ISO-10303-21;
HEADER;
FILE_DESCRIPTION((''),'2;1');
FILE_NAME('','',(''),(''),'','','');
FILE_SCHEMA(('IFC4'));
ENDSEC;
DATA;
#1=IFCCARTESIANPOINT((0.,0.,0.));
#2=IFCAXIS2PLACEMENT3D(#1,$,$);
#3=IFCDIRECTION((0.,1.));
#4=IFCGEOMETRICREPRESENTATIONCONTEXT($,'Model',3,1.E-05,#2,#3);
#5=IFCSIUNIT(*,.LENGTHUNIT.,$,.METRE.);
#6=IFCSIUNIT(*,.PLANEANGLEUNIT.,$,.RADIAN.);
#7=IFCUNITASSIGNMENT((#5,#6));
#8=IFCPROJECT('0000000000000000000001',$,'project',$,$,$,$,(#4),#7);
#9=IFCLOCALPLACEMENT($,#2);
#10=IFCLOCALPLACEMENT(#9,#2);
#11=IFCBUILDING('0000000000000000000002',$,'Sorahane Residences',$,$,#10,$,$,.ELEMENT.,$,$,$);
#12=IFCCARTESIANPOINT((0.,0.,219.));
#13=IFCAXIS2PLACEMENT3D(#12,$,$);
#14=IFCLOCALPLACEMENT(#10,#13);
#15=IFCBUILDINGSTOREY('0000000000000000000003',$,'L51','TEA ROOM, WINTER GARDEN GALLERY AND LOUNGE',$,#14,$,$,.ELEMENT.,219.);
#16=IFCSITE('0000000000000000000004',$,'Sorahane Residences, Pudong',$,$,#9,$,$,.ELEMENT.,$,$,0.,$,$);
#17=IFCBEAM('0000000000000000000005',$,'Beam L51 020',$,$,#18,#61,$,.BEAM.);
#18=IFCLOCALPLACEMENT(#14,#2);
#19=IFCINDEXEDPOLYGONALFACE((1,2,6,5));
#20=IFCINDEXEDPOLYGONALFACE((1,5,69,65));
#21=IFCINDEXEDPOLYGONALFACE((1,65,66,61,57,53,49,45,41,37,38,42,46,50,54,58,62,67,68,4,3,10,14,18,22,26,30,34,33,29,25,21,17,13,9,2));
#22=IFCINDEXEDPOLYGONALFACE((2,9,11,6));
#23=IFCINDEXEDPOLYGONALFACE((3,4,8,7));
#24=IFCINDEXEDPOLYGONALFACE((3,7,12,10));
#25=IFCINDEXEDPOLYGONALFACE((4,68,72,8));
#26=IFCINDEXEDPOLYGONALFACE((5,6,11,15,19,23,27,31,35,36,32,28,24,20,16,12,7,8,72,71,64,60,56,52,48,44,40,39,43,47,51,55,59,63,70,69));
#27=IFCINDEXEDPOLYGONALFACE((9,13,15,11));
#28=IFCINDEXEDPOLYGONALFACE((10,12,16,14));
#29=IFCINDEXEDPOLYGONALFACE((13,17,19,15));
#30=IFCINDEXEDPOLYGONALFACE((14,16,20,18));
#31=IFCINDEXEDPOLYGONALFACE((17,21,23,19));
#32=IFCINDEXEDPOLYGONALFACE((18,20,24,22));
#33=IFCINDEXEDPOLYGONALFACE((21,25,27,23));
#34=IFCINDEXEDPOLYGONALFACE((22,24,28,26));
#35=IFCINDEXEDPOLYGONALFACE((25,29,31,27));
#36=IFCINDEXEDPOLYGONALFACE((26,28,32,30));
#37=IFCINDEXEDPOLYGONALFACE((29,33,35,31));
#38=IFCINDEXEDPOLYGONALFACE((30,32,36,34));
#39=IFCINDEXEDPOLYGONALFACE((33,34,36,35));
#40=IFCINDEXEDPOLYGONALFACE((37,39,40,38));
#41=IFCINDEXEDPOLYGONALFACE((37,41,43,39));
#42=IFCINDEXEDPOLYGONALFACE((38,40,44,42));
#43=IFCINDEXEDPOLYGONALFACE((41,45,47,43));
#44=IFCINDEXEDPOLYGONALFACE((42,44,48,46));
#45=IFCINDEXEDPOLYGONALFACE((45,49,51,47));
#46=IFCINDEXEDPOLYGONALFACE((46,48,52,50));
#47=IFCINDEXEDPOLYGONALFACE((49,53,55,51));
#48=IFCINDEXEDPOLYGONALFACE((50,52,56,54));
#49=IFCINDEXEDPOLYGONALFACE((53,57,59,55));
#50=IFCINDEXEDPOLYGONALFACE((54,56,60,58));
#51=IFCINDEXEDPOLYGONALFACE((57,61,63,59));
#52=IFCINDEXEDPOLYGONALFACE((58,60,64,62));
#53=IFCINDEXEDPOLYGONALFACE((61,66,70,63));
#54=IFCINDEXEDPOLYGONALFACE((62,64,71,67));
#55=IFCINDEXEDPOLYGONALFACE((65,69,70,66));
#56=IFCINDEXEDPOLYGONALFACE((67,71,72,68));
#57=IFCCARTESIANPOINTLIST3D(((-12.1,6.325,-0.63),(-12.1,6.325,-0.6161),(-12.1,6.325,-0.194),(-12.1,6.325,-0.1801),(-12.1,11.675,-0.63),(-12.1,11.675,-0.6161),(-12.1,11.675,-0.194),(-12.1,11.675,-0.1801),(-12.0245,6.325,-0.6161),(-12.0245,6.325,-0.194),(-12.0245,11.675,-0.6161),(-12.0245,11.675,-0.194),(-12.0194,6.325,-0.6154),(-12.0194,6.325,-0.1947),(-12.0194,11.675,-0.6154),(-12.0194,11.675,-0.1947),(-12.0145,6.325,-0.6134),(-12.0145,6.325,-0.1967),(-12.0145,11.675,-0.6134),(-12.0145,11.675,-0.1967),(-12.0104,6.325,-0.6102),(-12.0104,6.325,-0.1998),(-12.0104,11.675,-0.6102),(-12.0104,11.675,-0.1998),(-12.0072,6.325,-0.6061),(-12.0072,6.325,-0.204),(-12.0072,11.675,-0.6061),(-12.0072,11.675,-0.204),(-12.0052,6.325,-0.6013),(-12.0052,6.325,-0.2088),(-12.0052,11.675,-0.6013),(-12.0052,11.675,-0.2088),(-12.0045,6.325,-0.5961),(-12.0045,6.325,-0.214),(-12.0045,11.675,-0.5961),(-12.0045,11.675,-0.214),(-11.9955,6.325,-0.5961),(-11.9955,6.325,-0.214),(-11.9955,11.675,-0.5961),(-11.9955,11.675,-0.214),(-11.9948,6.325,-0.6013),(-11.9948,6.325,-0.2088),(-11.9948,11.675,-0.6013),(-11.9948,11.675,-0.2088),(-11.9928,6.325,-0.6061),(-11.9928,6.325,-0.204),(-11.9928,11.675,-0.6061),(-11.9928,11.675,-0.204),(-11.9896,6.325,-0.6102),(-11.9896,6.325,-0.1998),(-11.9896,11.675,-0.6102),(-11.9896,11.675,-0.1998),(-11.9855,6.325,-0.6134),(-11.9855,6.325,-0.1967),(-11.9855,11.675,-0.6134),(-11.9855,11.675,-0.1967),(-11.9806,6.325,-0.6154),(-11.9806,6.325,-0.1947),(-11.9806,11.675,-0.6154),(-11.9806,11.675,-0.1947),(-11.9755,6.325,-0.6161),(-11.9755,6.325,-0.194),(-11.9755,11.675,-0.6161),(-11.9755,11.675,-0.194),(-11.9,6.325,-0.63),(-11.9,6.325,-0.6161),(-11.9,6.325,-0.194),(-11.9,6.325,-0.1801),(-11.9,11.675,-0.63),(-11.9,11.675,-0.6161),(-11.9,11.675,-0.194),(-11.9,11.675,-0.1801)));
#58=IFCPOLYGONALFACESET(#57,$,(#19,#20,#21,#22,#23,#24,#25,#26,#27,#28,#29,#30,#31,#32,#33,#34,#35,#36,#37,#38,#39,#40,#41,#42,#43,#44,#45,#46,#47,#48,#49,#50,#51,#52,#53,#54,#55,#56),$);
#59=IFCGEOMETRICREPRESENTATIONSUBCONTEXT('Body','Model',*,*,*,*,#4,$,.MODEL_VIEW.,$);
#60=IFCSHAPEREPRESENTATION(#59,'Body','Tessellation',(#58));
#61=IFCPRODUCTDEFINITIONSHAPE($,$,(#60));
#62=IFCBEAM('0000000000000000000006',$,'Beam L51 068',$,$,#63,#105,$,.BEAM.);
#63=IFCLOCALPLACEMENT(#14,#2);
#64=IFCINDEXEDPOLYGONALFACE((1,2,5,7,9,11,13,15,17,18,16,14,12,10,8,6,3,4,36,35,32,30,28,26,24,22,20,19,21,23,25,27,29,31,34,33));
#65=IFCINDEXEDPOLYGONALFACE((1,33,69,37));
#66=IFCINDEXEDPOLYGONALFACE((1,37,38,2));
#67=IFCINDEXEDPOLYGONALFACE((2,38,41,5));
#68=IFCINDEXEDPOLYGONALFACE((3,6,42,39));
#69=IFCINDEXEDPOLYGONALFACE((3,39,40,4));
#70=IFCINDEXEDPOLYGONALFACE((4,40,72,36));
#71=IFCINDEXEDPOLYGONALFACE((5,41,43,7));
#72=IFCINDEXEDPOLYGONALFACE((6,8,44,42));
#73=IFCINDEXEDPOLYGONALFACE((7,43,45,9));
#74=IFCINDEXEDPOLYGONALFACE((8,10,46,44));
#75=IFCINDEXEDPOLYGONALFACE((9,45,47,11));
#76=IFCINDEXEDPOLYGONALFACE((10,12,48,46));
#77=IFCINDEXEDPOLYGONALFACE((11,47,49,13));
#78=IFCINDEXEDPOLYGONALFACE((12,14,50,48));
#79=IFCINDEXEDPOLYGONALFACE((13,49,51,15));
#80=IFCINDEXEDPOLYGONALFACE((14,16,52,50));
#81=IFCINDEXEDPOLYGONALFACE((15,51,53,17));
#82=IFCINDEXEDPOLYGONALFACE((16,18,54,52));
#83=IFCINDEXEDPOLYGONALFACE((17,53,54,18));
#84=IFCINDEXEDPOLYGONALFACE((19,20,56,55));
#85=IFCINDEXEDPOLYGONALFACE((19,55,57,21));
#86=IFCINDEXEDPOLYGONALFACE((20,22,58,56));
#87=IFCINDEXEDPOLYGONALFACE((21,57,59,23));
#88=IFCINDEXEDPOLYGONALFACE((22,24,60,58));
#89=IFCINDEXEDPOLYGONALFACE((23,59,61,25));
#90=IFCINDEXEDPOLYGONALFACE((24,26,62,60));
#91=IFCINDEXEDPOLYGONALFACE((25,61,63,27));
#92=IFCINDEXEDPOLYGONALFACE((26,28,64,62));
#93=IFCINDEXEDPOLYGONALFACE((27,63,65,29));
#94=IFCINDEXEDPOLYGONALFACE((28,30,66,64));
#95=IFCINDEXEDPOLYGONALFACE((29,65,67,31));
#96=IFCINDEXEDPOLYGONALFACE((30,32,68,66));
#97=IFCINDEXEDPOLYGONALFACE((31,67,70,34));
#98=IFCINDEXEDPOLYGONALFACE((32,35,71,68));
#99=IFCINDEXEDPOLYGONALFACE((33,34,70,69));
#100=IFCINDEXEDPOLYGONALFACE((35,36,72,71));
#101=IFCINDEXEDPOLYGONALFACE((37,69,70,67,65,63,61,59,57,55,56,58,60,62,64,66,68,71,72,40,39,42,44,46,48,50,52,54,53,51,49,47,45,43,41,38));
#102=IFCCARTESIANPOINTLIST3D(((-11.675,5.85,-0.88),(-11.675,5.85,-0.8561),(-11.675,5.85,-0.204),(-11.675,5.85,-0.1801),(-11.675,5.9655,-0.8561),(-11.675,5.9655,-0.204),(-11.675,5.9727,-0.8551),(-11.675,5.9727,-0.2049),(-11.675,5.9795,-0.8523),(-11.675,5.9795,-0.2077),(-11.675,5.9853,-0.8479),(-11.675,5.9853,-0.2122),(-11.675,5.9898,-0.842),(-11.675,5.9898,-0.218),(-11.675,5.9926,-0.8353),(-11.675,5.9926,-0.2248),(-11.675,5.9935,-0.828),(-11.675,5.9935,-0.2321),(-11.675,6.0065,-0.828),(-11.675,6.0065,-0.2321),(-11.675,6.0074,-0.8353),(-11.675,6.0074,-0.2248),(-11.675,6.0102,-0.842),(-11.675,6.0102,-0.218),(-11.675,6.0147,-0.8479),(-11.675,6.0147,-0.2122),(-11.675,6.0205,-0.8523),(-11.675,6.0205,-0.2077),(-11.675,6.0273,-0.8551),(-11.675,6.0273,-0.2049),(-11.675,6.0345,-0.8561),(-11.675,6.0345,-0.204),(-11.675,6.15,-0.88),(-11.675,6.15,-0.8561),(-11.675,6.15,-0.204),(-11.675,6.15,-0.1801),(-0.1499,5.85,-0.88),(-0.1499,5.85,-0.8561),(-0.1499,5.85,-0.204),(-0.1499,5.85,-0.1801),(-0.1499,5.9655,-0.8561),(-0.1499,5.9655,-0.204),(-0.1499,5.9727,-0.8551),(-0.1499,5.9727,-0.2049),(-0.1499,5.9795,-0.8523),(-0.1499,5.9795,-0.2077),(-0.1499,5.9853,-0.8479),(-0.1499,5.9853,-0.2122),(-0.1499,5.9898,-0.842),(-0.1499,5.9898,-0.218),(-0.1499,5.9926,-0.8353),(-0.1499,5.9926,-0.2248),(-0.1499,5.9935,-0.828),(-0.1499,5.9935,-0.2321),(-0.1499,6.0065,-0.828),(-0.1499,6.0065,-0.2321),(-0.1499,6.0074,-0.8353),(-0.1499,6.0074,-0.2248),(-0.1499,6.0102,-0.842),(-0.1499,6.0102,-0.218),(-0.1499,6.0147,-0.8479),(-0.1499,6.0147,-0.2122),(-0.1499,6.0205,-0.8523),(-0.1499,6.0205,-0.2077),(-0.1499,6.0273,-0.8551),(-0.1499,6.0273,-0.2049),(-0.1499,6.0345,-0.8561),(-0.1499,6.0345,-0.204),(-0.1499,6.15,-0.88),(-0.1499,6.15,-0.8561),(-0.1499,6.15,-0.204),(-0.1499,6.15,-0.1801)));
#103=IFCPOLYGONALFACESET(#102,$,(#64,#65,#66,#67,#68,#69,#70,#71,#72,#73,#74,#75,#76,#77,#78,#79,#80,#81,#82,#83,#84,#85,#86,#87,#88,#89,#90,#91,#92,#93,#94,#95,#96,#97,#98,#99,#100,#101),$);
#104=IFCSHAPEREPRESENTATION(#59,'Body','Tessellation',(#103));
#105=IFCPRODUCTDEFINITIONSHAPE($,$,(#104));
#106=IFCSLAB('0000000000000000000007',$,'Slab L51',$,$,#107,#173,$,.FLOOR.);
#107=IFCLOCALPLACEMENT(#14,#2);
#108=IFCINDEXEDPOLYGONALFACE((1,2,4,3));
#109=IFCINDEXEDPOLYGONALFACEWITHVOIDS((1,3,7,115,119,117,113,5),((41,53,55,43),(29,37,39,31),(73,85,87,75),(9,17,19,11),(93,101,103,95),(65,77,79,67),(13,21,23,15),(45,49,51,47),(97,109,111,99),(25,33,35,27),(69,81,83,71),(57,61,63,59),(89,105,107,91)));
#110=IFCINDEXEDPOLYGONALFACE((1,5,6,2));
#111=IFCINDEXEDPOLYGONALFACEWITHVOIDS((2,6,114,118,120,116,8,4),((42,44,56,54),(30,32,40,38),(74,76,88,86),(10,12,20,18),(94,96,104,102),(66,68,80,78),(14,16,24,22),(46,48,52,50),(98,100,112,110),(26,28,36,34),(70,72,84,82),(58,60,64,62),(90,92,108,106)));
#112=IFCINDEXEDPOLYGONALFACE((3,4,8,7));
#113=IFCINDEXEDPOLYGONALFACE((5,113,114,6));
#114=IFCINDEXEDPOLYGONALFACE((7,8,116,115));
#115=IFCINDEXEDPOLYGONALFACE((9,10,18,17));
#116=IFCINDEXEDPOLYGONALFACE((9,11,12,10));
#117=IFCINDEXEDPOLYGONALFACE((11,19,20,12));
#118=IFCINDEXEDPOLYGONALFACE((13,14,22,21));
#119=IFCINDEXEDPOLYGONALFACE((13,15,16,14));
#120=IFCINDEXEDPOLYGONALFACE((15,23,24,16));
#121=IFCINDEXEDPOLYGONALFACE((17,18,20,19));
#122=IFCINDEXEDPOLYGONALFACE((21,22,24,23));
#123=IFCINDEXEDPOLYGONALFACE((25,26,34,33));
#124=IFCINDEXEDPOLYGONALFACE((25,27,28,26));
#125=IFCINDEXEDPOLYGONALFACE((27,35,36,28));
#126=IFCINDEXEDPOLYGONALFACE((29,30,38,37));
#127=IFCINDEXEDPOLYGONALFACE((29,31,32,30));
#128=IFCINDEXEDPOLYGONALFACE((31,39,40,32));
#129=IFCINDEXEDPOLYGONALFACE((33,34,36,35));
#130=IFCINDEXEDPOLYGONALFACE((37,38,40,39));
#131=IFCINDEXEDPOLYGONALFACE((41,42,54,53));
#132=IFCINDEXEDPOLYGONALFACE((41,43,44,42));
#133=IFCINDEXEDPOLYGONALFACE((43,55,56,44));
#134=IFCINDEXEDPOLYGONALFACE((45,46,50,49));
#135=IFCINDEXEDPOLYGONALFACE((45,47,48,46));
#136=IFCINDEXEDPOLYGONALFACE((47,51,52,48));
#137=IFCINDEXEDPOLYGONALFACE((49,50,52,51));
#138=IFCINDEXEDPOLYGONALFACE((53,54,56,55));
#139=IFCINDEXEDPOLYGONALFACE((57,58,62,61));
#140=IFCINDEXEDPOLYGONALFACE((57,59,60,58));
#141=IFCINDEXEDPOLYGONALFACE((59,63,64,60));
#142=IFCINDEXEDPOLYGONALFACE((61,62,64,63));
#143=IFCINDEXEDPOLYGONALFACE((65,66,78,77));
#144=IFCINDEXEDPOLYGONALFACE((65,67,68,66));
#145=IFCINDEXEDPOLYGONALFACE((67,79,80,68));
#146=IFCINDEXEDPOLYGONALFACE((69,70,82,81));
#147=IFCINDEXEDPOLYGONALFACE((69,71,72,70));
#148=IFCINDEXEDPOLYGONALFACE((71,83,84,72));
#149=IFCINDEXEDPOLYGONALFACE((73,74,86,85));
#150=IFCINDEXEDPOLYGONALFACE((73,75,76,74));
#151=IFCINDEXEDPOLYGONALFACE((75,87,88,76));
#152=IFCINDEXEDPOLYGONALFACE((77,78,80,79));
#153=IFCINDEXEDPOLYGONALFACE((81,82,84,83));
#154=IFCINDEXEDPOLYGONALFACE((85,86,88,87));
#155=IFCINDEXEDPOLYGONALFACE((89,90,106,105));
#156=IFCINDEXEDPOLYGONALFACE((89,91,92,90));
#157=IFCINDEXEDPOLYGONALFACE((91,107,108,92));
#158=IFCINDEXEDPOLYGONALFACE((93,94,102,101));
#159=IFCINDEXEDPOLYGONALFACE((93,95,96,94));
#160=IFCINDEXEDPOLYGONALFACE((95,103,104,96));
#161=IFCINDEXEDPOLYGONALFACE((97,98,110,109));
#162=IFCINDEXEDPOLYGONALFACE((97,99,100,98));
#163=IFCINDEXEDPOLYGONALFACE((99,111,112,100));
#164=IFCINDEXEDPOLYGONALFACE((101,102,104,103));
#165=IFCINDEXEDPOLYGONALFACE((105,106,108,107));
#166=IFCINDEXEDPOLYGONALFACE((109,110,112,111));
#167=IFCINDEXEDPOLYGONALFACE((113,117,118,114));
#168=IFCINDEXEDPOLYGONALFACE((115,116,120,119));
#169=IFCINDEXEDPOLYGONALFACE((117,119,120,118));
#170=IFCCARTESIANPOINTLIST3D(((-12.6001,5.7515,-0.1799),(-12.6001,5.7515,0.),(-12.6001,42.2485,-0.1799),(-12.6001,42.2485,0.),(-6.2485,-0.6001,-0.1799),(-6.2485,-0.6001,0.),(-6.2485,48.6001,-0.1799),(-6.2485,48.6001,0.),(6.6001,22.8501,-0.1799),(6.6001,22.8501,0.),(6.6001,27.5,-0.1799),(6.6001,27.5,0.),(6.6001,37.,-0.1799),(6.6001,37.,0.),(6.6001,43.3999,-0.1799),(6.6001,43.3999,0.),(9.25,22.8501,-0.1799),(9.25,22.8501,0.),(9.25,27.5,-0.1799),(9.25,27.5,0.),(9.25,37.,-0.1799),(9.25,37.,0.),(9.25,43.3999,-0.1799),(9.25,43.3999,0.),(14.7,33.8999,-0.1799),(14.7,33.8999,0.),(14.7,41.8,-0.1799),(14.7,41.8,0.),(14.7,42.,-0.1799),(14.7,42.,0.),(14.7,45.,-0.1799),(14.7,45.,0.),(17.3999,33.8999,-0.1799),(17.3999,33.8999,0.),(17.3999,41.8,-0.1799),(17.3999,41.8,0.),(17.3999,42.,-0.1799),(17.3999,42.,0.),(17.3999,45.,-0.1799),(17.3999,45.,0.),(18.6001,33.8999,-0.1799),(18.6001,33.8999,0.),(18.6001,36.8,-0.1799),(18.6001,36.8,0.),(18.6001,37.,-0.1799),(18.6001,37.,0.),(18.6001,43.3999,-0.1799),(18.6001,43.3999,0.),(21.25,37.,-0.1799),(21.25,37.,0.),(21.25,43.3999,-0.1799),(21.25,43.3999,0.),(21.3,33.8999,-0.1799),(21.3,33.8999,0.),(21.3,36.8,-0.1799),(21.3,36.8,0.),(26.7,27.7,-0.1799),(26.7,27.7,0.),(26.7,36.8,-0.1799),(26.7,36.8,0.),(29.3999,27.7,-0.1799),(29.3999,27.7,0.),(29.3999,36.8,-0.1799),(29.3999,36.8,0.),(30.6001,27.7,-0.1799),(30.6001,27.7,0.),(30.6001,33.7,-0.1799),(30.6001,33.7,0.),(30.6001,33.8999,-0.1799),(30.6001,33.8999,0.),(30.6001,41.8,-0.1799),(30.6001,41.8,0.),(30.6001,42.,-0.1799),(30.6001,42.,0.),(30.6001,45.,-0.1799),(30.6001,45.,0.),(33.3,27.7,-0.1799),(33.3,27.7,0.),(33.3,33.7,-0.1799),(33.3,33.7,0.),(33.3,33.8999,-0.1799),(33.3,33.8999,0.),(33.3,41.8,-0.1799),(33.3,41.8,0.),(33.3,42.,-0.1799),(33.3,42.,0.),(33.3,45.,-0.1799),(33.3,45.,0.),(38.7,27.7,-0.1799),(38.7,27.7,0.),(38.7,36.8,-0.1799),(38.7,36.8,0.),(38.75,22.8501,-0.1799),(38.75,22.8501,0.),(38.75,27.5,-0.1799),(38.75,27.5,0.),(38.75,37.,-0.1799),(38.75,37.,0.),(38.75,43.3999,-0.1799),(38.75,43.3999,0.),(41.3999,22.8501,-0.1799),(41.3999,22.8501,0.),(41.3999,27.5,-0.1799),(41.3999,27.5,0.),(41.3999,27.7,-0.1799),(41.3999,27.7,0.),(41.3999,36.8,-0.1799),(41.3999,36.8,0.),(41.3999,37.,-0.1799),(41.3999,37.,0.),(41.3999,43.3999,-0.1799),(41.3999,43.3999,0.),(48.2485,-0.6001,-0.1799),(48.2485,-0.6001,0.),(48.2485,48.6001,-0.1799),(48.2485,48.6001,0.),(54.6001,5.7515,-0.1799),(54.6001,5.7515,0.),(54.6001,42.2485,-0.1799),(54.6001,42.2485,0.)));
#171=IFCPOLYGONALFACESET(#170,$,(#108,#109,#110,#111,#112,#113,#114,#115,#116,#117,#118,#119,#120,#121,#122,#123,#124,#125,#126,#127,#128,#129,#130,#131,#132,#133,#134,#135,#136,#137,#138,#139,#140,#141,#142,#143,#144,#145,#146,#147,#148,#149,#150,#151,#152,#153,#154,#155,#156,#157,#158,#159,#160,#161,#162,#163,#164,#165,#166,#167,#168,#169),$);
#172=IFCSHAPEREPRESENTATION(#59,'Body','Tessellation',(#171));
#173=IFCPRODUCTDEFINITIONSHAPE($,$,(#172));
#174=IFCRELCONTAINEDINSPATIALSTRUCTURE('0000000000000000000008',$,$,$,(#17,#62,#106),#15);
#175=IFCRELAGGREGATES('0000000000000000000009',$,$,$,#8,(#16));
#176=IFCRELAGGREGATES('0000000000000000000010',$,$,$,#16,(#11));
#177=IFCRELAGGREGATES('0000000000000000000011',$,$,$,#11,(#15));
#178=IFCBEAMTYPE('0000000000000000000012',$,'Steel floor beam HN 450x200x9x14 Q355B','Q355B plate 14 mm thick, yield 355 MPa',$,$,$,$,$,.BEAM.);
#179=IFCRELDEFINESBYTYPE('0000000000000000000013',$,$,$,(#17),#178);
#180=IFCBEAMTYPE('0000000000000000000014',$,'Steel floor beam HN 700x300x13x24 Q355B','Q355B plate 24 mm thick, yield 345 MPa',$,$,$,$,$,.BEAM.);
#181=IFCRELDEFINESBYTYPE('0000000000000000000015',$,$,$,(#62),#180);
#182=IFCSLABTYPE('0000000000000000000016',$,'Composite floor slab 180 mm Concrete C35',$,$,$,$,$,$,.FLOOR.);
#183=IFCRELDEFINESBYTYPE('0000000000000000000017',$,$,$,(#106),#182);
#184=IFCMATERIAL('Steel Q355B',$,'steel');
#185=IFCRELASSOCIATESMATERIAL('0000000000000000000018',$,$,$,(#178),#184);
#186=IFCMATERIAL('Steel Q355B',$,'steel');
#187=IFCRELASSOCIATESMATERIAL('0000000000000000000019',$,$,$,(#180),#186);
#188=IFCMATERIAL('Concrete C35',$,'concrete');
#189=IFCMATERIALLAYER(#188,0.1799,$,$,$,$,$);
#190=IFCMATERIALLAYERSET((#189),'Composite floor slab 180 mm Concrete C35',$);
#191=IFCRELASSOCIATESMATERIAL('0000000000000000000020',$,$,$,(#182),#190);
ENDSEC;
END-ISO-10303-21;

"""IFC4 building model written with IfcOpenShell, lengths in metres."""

from ifc_helpers import new_model, si_unit, direction, frame, origin, origin_2d, place, context, subcontext, project, spatial, polyline, i_section, outline, extrude, material, layer, layer_set, material_profile, profile_set, type_object, element, save


model = new_model("IFC4")

# Units and contexts
model_context = context("Model", 3, precision=1e-05, world=origin(), true_north=direction((0.0, 1.0)))
body_context = subcontext(model_context, "Body", "Model", "MODEL_VIEW")
ifc_project = project(units=[si_unit("LENGTHUNIT", "METRE"), si_unit("PLANEANGLEUNIT", "RADIAN")], contexts=[model_context])

# Site, building, storey
site_placement = place(None, origin())
site = spatial("IfcSite", under=ifc_project, at=site_placement, Name="Sorahane Residences, Pudong", CompositionType="ELEMENT", RefElevation=0.0)
building_placement = place(site_placement, origin())
building = spatial("IfcBuilding", under=site, at=building_placement, Name="Sorahane Residences", CompositionType="ELEMENT")
storey_placement = place(building_placement, frame((0.0, 0.0, 219.0)))
storey = spatial("IfcBuildingStorey", under=building, at=storey_placement, Name="L51", Description="TEA ROOM, WINTER GARDEN GALLERY AND LOUNGE", CompositionType="ELEMENT", Elevation=219.0)

# Beams
ifc_material_1 = material(Name="Steel Q355B", Category="steel")
ifc_material_profile_1 = material_profile(ifc_material_1, i_section(OverallWidth=0.2, OverallDepth=0.45, WebThickness=0.009, FlangeThickness=0.0139, FilletRadius=0.02, at=origin_2d()), Name="HN 450x200x9x14")
ifc_profile_set_1 = profile_set([ifc_material_profile_1], Name="Steel Q355B")
beam_type_1 = type_object("IfcBeamType", Name="Steel floor beam HN 450x200x9x14 Q355B", Description="Q355B plate 14 mm thick, yield 355 MPa", PredefinedType="BEAM", material=ifc_profile_set_1)
for number, where, z_axis, x_axis, name in (
    (1, (-12.0, 6.325, -0.405), (0.0, 1.0, 0.0), (-1.0, 0.0, 0.0), "Beam L51 020"),
):
    element("IfcBeam", number, at=place(storey_placement, frame(where, z_axis=z_axis, x_axis=x_axis)), inside=storey, type_object=beam_type_1, Name=name, PredefinedType="BEAM", context=body_context, shape_type="SweptSolid", body=[
        extrude(i_section(OverallWidth=0.2, OverallDepth=0.45, WebThickness=0.009, FlangeThickness=0.0139, FilletRadius=0.02, at=origin_2d()), origin(), (0.0, 0.0, 1.0), 5.3501),
    ])
ifc_material_2 = material(Name="Steel Q355B", Category="steel")
ifc_material_profile_2 = material_profile(ifc_material_2, i_section(OverallWidth=0.3, OverallDepth=0.7, WebThickness=0.0129, FlangeThickness=0.0239, FilletRadius=0.0281, at=origin_2d()), Name="HN 700x300x13x24")
ifc_profile_set_2 = profile_set([ifc_material_profile_2], Name="Steel Q355B")
beam_type_2 = type_object("IfcBeamType", Name="Steel floor beam HN 700x300x13x24 Q355B", Description="Q355B plate 24 mm thick, yield 345 MPa", PredefinedType="BEAM", material=ifc_profile_set_2)
beam_placement = place(storey_placement, frame((-11.675, 6.0, -0.53), z_axis=(1.0, 0.0, 0.0), x_axis=(0.0, 1.0, 0.0)))
element("IfcBeam", 2, at=beam_placement, inside=storey, type_object=beam_type_2, Name="Beam L51 068", PredefinedType="BEAM", context=body_context, shape_type="SweptSolid", body=[
    extrude(i_section(OverallWidth=0.3, OverallDepth=0.7, WebThickness=0.0129, FlangeThickness=0.0239, FilletRadius=0.0281, at=origin_2d()), origin(), (0.0, 0.0, 1.0), 11.5251),
])

# Slab
ifc_material_3 = material(Name="Concrete C35", Category="concrete")
ifc_layer_1 = layer(ifc_material_3, 0.1799)
ifc_layer_set_1 = layer_set([ifc_layer_1], Name="Composite floor slab 180 mm Concrete C35")
slab_type_1 = type_object("IfcSlabType", Name="Composite floor slab 180 mm Concrete C35", PredefinedType="FLOOR", material=ifc_layer_set_1)
slab_1_placement = place(storey_placement, frame((0.0, 0.0, -0.1799)))
element("IfcSlab", 3, at=slab_1_placement, inside=storey, type_object=slab_type_1, Name="Slab L51", PredefinedType="FLOOR", context=body_context, shape_type="SweptSolid", body=[
    extrude(outline(polyline([(-6.2485, -0.6001), (-12.6001, 5.7515), (-12.6001, 42.2485), (-6.2485, 48.6001), (48.2485, 48.6001), (54.6001, 42.2485), (54.6001, 5.7515), (48.2485, -0.6001), (-6.2485, -0.6001)]), holes=[polyline([(38.7, 27.7), (41.3999, 27.7), (41.3999, 36.8), (38.7, 36.8), (38.7, 27.7)]), polyline([(30.6001, 27.7), (33.3, 27.7), (33.3, 33.7), (30.6001, 33.7), (30.6001, 27.7)]), polyline([(30.6001, 42.0), (33.3, 42.0), (33.3, 45.0), (30.6001, 45.0), (30.6001, 42.0)]), polyline([(14.7, 42.0), (17.3999, 42.0), (17.3999, 45.0), (14.7, 45.0), (14.7, 42.0)]), polyline([(6.6001, 43.3999), (6.6001, 37.0), (9.25, 37.0), (9.25, 43.3999), (6.6001, 43.3999)]), polyline([(38.75, 43.3999), (38.75, 37.0), (41.3999, 37.0), (41.3999, 43.3999), (38.75, 43.3999)]), polyline([(18.6001, 43.3999), (18.6001, 37.0), (21.25, 37.0), (21.25, 43.3999), (18.6001, 43.3999)]), polyline([(9.25, 22.8501), (9.25, 27.5), (6.6001, 27.5), (6.6001, 22.8501), (9.25, 22.8501)]), polyline([(41.3999, 22.8501), (41.3999, 27.5), (38.75, 27.5), (38.75, 22.8501), (41.3999, 22.8501)]), polyline([(14.7, 33.8999), (17.3999, 33.8999), (17.3999, 41.8), (14.7, 41.8), (14.7, 33.8999)]), polyline([(30.6001, 33.8999), (33.3, 33.8999), (33.3, 41.8), (30.6001, 41.8), (30.6001, 33.8999)]), polyline([(18.6001, 33.8999), (21.3, 33.8999), (21.3, 36.8), (18.6001, 36.8), (18.6001, 33.8999)]), polyline([(26.7, 27.7), (29.3999, 27.7), (29.3999, 36.8), (26.7, 36.8), (26.7, 27.7)])]), origin(), (0.0, 0.0, 1.0), 0.1799),
])

save(model, "model.ifc")
